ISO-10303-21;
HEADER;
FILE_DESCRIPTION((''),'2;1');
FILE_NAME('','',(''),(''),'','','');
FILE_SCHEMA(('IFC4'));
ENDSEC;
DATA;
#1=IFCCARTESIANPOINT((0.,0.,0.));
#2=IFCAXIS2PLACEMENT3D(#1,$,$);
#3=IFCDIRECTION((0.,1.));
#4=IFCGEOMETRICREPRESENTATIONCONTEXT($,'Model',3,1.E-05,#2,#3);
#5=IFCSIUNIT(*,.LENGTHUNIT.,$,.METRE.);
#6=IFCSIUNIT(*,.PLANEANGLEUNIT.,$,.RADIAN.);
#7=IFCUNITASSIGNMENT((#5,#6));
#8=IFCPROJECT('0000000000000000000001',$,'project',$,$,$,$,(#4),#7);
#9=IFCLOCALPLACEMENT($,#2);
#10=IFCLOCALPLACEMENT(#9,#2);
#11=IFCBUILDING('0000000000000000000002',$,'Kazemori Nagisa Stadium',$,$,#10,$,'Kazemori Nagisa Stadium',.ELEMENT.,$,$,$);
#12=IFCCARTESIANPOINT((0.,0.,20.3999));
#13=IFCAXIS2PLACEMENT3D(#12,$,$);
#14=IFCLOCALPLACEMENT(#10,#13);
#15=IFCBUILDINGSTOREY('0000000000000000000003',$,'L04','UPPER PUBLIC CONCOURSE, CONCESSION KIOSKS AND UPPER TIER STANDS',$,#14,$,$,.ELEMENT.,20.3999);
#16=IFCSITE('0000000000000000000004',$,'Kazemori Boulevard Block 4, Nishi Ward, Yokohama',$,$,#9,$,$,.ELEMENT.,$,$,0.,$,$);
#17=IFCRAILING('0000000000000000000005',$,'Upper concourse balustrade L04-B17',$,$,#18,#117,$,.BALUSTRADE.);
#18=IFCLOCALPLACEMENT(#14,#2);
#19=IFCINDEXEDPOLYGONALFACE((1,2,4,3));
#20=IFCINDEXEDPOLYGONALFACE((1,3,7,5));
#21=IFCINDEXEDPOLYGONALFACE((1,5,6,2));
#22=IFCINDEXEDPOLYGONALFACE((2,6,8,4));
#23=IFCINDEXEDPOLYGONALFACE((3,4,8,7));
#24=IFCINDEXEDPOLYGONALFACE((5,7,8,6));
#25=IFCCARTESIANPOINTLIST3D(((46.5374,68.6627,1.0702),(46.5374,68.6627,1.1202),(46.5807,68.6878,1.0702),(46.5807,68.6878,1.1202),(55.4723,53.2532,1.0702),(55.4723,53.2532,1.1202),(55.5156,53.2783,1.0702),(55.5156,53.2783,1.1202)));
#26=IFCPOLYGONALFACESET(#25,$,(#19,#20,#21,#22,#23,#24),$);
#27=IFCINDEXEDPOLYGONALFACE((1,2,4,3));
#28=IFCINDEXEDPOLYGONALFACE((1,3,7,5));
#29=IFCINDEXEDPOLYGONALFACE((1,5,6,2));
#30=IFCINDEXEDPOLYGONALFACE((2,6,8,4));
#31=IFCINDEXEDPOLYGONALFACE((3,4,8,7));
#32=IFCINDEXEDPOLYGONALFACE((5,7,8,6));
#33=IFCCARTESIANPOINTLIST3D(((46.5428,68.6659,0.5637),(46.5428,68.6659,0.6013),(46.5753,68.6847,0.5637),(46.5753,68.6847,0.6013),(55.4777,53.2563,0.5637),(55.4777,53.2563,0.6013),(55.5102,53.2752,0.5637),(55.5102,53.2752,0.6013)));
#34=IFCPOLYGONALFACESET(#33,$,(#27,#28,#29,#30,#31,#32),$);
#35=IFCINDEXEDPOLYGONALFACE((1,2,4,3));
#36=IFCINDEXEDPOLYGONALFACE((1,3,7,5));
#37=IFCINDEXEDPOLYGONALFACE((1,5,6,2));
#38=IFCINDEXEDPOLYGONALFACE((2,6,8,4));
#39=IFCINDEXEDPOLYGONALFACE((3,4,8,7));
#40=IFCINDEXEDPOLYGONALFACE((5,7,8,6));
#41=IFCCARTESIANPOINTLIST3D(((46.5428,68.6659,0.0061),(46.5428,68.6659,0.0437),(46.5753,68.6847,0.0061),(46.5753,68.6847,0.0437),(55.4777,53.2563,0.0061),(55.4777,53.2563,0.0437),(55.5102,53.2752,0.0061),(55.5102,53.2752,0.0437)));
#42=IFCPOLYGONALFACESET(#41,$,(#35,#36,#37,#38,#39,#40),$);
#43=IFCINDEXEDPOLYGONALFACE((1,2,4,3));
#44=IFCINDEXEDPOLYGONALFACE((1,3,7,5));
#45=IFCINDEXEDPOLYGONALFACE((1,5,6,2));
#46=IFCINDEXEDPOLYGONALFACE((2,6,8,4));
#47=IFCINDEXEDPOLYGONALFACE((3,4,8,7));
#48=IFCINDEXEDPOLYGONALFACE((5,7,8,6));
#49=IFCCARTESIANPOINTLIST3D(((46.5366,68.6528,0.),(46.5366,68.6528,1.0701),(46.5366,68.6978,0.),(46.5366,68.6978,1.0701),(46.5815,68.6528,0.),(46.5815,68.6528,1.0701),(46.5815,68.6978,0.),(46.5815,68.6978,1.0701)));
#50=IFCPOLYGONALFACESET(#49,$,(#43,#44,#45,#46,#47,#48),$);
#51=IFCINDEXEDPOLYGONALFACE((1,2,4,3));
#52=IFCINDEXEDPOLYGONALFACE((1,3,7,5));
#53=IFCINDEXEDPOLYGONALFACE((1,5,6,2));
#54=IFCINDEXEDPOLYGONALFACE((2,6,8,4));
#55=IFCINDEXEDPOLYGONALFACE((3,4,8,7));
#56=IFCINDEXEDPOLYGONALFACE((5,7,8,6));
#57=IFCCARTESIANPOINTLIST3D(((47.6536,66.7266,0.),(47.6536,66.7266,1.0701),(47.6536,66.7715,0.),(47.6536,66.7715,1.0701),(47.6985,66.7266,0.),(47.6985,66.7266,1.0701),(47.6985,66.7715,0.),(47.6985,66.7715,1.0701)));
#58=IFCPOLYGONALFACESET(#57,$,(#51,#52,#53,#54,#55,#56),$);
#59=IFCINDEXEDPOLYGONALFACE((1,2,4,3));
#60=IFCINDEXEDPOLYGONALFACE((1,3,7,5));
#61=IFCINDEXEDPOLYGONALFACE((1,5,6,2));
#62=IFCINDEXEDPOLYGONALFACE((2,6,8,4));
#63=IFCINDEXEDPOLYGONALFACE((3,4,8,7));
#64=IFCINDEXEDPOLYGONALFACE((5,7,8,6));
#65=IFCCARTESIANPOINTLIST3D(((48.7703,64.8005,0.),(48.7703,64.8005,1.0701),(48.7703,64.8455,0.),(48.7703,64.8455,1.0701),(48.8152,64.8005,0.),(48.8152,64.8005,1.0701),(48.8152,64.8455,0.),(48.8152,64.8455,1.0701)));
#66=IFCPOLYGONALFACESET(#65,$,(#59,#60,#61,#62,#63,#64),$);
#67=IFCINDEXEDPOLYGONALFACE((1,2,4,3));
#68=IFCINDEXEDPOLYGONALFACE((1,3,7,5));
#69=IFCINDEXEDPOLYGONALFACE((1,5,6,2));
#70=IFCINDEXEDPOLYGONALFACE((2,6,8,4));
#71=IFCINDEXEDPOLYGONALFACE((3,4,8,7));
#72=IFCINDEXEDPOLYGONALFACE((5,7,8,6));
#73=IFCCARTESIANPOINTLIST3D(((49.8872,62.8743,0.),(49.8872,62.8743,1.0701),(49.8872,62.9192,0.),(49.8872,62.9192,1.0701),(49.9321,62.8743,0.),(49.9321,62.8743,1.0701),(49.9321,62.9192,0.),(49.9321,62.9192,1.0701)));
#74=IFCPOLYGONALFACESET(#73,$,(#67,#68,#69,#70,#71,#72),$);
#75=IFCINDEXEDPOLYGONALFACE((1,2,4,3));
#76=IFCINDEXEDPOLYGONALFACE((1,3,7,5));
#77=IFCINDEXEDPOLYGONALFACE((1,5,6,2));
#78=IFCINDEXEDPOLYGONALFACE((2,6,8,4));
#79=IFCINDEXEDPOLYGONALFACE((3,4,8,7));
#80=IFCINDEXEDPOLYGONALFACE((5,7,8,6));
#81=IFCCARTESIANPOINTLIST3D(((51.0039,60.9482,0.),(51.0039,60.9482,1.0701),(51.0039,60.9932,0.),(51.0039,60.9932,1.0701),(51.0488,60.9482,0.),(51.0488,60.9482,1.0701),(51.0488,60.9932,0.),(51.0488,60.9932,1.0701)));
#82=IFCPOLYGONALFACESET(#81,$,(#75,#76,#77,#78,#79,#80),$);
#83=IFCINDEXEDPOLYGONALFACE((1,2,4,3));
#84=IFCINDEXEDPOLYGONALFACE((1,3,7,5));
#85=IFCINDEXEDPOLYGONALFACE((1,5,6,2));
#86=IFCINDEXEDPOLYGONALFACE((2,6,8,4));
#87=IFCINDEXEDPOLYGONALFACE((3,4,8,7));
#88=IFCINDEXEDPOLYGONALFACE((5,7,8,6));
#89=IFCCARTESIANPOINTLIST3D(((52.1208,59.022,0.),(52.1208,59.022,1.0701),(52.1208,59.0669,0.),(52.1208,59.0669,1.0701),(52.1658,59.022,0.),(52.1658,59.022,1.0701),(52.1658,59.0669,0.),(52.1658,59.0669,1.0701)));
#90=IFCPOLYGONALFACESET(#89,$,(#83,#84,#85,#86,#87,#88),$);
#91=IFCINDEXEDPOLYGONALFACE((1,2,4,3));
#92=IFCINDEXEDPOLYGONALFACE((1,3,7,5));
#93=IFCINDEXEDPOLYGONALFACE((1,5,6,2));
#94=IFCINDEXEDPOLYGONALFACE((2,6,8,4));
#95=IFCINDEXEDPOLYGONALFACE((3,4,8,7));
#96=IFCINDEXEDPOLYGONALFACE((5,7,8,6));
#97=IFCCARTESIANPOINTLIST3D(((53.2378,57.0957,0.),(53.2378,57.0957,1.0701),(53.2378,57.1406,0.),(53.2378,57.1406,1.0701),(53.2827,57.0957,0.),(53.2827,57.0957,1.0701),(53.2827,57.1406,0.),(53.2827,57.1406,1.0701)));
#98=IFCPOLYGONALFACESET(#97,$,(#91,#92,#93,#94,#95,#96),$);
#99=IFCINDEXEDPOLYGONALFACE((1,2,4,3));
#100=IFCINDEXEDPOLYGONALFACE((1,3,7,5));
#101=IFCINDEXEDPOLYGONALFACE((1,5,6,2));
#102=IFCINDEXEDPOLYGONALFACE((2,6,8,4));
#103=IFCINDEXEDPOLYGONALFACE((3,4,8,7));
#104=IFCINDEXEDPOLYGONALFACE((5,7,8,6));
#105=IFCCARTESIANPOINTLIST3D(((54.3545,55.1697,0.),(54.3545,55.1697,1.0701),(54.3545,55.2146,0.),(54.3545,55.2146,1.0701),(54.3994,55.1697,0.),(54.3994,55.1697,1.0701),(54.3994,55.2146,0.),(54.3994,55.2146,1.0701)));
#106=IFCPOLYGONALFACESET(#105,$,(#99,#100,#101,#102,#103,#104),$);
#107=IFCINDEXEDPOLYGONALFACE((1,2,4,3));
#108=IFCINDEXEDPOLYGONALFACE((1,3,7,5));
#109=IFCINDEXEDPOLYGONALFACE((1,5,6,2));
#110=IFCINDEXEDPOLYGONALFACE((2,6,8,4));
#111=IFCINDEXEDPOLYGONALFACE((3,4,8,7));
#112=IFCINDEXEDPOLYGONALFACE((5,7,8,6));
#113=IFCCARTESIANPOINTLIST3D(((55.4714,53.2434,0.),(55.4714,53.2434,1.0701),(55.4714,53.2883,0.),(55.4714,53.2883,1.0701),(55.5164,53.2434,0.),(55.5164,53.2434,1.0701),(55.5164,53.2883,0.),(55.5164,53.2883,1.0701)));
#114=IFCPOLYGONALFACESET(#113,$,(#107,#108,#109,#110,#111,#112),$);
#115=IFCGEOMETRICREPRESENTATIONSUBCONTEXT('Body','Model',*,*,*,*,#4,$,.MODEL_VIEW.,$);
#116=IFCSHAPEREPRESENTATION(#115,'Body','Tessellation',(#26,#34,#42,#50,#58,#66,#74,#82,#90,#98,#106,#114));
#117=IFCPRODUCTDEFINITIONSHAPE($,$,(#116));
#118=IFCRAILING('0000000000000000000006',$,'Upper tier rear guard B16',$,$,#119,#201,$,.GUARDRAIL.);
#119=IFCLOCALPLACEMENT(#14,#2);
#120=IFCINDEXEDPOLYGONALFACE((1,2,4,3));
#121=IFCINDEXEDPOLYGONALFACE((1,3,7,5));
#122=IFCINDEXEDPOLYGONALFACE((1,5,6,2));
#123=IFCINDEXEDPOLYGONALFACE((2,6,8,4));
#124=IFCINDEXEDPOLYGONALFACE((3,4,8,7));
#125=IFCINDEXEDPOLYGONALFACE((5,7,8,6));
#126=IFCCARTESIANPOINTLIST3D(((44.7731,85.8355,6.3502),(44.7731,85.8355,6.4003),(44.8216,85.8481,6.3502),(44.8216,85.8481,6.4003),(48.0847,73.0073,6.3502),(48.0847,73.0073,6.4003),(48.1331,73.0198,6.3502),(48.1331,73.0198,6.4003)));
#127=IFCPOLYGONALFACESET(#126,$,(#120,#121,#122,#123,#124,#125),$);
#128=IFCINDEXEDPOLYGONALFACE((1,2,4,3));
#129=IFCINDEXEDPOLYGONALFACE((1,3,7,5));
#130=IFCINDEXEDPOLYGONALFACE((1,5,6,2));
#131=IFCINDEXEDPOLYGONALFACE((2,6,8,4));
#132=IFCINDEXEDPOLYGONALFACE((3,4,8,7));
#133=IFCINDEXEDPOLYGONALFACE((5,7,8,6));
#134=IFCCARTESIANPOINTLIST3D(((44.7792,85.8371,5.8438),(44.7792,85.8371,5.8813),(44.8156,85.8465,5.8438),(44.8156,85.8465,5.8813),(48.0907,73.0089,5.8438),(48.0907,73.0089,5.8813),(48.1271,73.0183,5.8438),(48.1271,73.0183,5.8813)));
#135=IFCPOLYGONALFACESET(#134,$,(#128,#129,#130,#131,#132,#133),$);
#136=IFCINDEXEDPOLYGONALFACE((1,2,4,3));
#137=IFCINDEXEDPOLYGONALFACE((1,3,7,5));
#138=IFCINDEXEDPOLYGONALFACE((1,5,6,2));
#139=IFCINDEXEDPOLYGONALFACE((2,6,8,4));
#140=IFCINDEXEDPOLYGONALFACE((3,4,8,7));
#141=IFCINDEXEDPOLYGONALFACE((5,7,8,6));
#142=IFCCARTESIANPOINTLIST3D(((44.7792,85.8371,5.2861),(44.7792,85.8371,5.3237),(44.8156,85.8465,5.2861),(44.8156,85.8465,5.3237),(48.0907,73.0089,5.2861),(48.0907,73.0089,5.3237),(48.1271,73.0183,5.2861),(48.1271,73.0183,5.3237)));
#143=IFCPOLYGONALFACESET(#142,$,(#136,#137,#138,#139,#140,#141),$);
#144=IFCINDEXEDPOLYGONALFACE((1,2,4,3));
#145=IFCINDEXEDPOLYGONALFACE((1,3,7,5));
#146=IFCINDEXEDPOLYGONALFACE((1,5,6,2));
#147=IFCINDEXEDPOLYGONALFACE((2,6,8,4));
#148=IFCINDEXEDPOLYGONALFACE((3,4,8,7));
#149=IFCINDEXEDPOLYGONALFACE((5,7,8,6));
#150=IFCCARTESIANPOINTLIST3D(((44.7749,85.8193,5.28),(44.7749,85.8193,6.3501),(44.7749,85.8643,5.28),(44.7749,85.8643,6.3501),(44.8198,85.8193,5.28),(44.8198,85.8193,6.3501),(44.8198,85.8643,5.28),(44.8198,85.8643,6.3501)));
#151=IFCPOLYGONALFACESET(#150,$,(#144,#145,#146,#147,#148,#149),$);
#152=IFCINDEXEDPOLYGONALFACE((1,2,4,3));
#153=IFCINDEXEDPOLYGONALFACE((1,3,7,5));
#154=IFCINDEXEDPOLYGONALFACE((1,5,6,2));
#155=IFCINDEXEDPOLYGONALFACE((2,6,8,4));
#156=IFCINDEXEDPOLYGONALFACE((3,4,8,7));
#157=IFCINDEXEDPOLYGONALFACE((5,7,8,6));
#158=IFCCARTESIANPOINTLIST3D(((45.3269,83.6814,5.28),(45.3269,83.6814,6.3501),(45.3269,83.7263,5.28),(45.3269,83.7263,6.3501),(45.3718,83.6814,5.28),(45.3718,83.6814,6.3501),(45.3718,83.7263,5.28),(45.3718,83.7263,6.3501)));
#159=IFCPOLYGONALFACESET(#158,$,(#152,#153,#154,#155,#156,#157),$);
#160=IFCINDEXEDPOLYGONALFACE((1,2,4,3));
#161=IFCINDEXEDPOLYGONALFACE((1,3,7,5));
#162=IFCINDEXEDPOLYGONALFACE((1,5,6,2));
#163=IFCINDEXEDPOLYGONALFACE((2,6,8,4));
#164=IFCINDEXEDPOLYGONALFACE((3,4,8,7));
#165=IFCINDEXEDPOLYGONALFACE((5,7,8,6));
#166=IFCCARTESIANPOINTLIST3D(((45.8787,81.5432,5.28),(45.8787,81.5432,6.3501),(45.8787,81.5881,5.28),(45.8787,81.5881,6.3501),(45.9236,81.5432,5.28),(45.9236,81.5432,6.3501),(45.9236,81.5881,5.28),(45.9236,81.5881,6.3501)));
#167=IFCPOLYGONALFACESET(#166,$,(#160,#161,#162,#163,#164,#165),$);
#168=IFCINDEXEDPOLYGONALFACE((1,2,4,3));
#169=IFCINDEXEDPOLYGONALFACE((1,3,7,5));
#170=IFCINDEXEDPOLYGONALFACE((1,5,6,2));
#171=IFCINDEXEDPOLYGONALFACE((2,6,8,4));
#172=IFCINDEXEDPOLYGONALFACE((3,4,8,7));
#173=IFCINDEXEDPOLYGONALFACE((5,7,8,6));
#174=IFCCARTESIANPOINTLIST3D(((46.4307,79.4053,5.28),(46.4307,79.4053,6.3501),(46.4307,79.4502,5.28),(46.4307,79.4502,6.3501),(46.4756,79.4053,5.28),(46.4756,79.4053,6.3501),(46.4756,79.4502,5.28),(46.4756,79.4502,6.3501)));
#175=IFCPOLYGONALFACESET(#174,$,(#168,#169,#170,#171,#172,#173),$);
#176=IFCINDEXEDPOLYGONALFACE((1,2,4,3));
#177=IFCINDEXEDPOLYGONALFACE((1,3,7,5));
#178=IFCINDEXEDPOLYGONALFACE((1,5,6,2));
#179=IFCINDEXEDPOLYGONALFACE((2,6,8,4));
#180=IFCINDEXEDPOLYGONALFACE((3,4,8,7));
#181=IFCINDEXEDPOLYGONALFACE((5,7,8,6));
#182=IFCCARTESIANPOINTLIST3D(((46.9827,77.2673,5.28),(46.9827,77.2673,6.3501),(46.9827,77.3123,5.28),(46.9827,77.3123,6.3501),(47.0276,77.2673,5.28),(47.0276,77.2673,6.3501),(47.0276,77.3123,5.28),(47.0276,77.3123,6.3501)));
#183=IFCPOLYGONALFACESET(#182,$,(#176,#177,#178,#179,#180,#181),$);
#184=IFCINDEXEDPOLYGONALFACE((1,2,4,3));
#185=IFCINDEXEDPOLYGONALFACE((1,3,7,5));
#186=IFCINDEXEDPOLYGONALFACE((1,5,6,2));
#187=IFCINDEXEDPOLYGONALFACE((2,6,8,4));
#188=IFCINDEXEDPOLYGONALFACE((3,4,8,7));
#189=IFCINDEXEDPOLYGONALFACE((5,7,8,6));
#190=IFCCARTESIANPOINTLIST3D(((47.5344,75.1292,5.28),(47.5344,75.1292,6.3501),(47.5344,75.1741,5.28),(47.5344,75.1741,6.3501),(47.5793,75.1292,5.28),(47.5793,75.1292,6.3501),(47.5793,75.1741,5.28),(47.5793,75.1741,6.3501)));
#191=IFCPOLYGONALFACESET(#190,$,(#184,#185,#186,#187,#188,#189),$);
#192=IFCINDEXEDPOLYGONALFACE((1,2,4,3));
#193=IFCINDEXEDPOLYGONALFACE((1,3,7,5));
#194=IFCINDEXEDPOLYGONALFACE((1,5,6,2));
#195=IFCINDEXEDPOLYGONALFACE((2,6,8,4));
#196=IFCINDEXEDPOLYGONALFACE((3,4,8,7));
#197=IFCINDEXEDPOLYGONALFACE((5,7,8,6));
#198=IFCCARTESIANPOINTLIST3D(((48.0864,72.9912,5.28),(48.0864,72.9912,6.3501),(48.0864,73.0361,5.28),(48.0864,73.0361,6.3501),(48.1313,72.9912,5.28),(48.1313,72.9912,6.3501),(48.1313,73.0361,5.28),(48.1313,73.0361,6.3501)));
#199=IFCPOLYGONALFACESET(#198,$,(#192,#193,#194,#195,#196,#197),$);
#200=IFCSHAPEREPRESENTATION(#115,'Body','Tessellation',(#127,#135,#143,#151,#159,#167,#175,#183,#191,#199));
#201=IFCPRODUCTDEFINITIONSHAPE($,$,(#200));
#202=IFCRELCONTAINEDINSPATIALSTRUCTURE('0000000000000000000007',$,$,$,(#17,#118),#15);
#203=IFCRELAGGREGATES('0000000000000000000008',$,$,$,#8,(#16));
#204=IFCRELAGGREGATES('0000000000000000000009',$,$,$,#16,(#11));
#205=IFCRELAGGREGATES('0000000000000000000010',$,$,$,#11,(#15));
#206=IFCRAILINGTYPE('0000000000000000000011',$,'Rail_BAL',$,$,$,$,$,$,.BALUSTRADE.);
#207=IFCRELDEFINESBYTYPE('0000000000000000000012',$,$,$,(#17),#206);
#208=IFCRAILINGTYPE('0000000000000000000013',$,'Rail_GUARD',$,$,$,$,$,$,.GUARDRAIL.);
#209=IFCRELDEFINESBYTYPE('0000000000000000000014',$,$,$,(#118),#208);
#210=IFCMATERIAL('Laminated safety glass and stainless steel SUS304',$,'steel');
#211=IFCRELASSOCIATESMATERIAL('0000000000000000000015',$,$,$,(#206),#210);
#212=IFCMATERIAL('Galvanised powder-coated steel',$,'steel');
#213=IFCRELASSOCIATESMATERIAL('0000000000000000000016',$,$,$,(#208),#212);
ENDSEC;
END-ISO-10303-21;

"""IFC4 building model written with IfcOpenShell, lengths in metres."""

from ifc_helpers import new_model, si_unit, direction, frame, origin, origin_2d, place, context, subcontext, project, spatial, rectangle, extrude, material, type_object, element, save


model = new_model("IFC4")

# Units and contexts
model_context = context("Model", 3, precision=1e-05, world=origin(), true_north=direction((0.0, 1.0)))
body_context = subcontext(model_context, "Body", "Model", "MODEL_VIEW")
ifc_project = project(units=[si_unit("LENGTHUNIT", "METRE"), si_unit("PLANEANGLEUNIT", "RADIAN")], contexts=[model_context])

# Site, building, storey
site_placement = place(None, origin())
site = spatial("IfcSite", under=ifc_project, at=site_placement, Name="Kazemori Boulevard Block 4, Nishi Ward, Yokohama", CompositionType="ELEMENT", RefElevation=0.0)
building_placement = place(site_placement, origin())
building = spatial("IfcBuilding", under=site, at=building_placement, Name="Kazemori Nagisa Stadium", LongName="Kazemori Nagisa Stadium", CompositionType="ELEMENT")
storey_placement = place(building_placement, frame((0.0, 0.0, 20.3999)))
storey = spatial("IfcBuildingStorey", under=building, at=storey_placement, Name="L04", Description="UPPER PUBLIC CONCOURSE, CONCESSION KIOSKS AND UPPER TIER STANDS", CompositionType="ELEMENT", Elevation=20.3999)

# Railings
ifc_material_1 = material(Name="Laminated safety glass and stainless steel SUS304", Category="steel")
railing_type_1 = type_object("IfcRailingType", Name="Rail_BAL", PredefinedType="BALUSTRADE", material=ifc_material_1)
railing_1_placement = place(storey_placement, frame((46.5591, 68.6753, 0.0)))
element("IfcRailing", 1, at=railing_1_placement, inside=storey, type_object=railing_type_1, Name="Upper concourse balustrade L04-B17", PredefinedType="BALUSTRADE", context=body_context, shape_type="SweptSolid", body=[
    extrude(rectangle(XDim=0.05, YDim=0.05, at=origin_2d()), frame((0.0, 0.0, 1.0952), z_axis=(0.501607, -0.865096, 0.0), x_axis=(0.865096, 0.501607, 0.0)), (0.0, 0.0, 1.0), 17.8125),
    extrude(rectangle(XDim=0.0376, YDim=0.0376, at=origin_2d()), frame((0.0, 0.0, 0.5825), z_axis=(0.501607, -0.865096, 0.0), x_axis=(0.865096, 0.501607, 0.0)), (0.0, 0.0, 1.0), 17.8125),
    extrude(rectangle(XDim=0.0376, YDim=0.0376, at=origin_2d()), frame((0.0, 0.0, 0.0249), z_axis=(0.501607, -0.865096, 0.0), x_axis=(0.865096, 0.501607, 0.0)), (0.0, 0.0, 1.0), 17.8125),
    extrude(rectangle(XDim=0.0449, YDim=0.0449, at=origin_2d()), origin(), (0.0, 0.0, 1.0), 1.0701),
    extrude(rectangle(XDim=0.0449, YDim=0.0449, at=origin_2d()), frame((1.1169, -1.9263, 0.0)), (0.0, 0.0, 1.0), 1.0701),
    extrude(rectangle(XDim=0.0449, YDim=0.0449, at=origin_2d()), frame((2.2336, -3.8523, 0.0)), (0.0, 0.0, 1.0), 1.0701),
    extrude(rectangle(XDim=0.0449, YDim=0.0449, at=origin_2d()), frame((3.3506, -5.7786, 0.0)), (0.0, 0.0, 1.0), 1.0701),
    extrude(rectangle(XDim=0.0449, YDim=0.0449, at=origin_2d()), frame((4.4673, -7.7046, 0.0)), (0.0, 0.0, 1.0), 1.0701),
    extrude(rectangle(XDim=0.0449, YDim=0.0449, at=origin_2d()), frame((5.5842, -9.6309, 0.0)), (0.0, 0.0, 1.0), 1.0701),
    extrude(rectangle(XDim=0.0449, YDim=0.0449, at=origin_2d()), frame((6.7012, -11.5571, 0.0)), (0.0, 0.0, 1.0), 1.0701),
    extrude(rectangle(XDim=0.0449, YDim=0.0449, at=origin_2d()), frame((7.8179, -13.4832, 0.0)), (0.0, 0.0, 1.0), 1.0701),
    extrude(rectangle(XDim=0.0449, YDim=0.0449, at=origin_2d()), frame((8.9348, -15.4094, 0.0)), (0.0, 0.0, 1.0), 1.0701),
])
ifc_material_2 = material(Name="Galvanised powder-coated steel", Category="steel")
railing_type_2 = type_object("IfcRailingType", Name="Rail_GUARD", PredefinedType="GUARDRAIL", material=ifc_material_2)
railing_2_placement = place(storey_placement, frame((44.7974, 85.8418, 5.28)))
element("IfcRailing", 2, at=railing_2_placement, inside=storey, type_object=railing_type_2, Name="Upper tier rear guard B16", PredefinedType="GUARDRAIL", context=body_context, shape_type="SweptSolid", body=[
    extrude(rectangle(XDim=0.05, YDim=0.05, at=origin_2d()), frame((0.0, 0.0, 1.0952), z_axis=(0.249952, -0.968258, 0.0), x_axis=(0.968258, 0.249952, 0.0)), (0.0, 0.0, 1.0), 13.2488),
    extrude(rectangle(XDim=0.0376, YDim=0.0376, at=origin_2d()), frame((0.0, 0.0, 0.5825), z_axis=(0.249952, -0.968258, 0.0), x_axis=(0.968258, 0.249952, 0.0)), (0.0, 0.0, 1.0), 13.2488),
    extrude(rectangle(XDim=0.0376, YDim=0.0376, at=origin_2d()), frame((0.0, 0.0, 0.0249), z_axis=(0.249952, -0.968258, 0.0), x_axis=(0.968258, 0.249952, 0.0)), (0.0, 0.0, 1.0), 13.2488),
    extrude(rectangle(XDim=0.0449, YDim=0.0449, at=origin_2d()), origin(), (0.0, 0.0, 1.0), 1.0701),
    extrude(rectangle(XDim=0.0449, YDim=0.0449, at=origin_2d()), frame((0.552, -2.1379, 0.0)), (0.0, 0.0, 1.0), 1.0701),
    extrude(rectangle(XDim=0.0449, YDim=0.0449, at=origin_2d()), frame((1.1038, -4.2761, 0.0)), (0.0, 0.0, 1.0), 1.0701),
    extrude(rectangle(XDim=0.0449, YDim=0.0449, at=origin_2d()), frame((1.6558, -6.4141, 0.0)), (0.0, 0.0, 1.0), 1.0701),
    extrude(rectangle(XDim=0.0449, YDim=0.0449, at=origin_2d()), frame((2.2078, -8.552, 0.0)), (0.0, 0.0, 1.0), 1.0701),
    extrude(rectangle(XDim=0.0449, YDim=0.0449, at=origin_2d()), frame((2.7595, -10.6902, 0.0)), (0.0, 0.0, 1.0), 1.0701),
    extrude(rectangle(XDim=0.0449, YDim=0.0449, at=origin_2d()), frame((3.3115, -12.8281, 0.0)), (0.0, 0.0, 1.0), 1.0701),
])

save(model, "model.ifc")
